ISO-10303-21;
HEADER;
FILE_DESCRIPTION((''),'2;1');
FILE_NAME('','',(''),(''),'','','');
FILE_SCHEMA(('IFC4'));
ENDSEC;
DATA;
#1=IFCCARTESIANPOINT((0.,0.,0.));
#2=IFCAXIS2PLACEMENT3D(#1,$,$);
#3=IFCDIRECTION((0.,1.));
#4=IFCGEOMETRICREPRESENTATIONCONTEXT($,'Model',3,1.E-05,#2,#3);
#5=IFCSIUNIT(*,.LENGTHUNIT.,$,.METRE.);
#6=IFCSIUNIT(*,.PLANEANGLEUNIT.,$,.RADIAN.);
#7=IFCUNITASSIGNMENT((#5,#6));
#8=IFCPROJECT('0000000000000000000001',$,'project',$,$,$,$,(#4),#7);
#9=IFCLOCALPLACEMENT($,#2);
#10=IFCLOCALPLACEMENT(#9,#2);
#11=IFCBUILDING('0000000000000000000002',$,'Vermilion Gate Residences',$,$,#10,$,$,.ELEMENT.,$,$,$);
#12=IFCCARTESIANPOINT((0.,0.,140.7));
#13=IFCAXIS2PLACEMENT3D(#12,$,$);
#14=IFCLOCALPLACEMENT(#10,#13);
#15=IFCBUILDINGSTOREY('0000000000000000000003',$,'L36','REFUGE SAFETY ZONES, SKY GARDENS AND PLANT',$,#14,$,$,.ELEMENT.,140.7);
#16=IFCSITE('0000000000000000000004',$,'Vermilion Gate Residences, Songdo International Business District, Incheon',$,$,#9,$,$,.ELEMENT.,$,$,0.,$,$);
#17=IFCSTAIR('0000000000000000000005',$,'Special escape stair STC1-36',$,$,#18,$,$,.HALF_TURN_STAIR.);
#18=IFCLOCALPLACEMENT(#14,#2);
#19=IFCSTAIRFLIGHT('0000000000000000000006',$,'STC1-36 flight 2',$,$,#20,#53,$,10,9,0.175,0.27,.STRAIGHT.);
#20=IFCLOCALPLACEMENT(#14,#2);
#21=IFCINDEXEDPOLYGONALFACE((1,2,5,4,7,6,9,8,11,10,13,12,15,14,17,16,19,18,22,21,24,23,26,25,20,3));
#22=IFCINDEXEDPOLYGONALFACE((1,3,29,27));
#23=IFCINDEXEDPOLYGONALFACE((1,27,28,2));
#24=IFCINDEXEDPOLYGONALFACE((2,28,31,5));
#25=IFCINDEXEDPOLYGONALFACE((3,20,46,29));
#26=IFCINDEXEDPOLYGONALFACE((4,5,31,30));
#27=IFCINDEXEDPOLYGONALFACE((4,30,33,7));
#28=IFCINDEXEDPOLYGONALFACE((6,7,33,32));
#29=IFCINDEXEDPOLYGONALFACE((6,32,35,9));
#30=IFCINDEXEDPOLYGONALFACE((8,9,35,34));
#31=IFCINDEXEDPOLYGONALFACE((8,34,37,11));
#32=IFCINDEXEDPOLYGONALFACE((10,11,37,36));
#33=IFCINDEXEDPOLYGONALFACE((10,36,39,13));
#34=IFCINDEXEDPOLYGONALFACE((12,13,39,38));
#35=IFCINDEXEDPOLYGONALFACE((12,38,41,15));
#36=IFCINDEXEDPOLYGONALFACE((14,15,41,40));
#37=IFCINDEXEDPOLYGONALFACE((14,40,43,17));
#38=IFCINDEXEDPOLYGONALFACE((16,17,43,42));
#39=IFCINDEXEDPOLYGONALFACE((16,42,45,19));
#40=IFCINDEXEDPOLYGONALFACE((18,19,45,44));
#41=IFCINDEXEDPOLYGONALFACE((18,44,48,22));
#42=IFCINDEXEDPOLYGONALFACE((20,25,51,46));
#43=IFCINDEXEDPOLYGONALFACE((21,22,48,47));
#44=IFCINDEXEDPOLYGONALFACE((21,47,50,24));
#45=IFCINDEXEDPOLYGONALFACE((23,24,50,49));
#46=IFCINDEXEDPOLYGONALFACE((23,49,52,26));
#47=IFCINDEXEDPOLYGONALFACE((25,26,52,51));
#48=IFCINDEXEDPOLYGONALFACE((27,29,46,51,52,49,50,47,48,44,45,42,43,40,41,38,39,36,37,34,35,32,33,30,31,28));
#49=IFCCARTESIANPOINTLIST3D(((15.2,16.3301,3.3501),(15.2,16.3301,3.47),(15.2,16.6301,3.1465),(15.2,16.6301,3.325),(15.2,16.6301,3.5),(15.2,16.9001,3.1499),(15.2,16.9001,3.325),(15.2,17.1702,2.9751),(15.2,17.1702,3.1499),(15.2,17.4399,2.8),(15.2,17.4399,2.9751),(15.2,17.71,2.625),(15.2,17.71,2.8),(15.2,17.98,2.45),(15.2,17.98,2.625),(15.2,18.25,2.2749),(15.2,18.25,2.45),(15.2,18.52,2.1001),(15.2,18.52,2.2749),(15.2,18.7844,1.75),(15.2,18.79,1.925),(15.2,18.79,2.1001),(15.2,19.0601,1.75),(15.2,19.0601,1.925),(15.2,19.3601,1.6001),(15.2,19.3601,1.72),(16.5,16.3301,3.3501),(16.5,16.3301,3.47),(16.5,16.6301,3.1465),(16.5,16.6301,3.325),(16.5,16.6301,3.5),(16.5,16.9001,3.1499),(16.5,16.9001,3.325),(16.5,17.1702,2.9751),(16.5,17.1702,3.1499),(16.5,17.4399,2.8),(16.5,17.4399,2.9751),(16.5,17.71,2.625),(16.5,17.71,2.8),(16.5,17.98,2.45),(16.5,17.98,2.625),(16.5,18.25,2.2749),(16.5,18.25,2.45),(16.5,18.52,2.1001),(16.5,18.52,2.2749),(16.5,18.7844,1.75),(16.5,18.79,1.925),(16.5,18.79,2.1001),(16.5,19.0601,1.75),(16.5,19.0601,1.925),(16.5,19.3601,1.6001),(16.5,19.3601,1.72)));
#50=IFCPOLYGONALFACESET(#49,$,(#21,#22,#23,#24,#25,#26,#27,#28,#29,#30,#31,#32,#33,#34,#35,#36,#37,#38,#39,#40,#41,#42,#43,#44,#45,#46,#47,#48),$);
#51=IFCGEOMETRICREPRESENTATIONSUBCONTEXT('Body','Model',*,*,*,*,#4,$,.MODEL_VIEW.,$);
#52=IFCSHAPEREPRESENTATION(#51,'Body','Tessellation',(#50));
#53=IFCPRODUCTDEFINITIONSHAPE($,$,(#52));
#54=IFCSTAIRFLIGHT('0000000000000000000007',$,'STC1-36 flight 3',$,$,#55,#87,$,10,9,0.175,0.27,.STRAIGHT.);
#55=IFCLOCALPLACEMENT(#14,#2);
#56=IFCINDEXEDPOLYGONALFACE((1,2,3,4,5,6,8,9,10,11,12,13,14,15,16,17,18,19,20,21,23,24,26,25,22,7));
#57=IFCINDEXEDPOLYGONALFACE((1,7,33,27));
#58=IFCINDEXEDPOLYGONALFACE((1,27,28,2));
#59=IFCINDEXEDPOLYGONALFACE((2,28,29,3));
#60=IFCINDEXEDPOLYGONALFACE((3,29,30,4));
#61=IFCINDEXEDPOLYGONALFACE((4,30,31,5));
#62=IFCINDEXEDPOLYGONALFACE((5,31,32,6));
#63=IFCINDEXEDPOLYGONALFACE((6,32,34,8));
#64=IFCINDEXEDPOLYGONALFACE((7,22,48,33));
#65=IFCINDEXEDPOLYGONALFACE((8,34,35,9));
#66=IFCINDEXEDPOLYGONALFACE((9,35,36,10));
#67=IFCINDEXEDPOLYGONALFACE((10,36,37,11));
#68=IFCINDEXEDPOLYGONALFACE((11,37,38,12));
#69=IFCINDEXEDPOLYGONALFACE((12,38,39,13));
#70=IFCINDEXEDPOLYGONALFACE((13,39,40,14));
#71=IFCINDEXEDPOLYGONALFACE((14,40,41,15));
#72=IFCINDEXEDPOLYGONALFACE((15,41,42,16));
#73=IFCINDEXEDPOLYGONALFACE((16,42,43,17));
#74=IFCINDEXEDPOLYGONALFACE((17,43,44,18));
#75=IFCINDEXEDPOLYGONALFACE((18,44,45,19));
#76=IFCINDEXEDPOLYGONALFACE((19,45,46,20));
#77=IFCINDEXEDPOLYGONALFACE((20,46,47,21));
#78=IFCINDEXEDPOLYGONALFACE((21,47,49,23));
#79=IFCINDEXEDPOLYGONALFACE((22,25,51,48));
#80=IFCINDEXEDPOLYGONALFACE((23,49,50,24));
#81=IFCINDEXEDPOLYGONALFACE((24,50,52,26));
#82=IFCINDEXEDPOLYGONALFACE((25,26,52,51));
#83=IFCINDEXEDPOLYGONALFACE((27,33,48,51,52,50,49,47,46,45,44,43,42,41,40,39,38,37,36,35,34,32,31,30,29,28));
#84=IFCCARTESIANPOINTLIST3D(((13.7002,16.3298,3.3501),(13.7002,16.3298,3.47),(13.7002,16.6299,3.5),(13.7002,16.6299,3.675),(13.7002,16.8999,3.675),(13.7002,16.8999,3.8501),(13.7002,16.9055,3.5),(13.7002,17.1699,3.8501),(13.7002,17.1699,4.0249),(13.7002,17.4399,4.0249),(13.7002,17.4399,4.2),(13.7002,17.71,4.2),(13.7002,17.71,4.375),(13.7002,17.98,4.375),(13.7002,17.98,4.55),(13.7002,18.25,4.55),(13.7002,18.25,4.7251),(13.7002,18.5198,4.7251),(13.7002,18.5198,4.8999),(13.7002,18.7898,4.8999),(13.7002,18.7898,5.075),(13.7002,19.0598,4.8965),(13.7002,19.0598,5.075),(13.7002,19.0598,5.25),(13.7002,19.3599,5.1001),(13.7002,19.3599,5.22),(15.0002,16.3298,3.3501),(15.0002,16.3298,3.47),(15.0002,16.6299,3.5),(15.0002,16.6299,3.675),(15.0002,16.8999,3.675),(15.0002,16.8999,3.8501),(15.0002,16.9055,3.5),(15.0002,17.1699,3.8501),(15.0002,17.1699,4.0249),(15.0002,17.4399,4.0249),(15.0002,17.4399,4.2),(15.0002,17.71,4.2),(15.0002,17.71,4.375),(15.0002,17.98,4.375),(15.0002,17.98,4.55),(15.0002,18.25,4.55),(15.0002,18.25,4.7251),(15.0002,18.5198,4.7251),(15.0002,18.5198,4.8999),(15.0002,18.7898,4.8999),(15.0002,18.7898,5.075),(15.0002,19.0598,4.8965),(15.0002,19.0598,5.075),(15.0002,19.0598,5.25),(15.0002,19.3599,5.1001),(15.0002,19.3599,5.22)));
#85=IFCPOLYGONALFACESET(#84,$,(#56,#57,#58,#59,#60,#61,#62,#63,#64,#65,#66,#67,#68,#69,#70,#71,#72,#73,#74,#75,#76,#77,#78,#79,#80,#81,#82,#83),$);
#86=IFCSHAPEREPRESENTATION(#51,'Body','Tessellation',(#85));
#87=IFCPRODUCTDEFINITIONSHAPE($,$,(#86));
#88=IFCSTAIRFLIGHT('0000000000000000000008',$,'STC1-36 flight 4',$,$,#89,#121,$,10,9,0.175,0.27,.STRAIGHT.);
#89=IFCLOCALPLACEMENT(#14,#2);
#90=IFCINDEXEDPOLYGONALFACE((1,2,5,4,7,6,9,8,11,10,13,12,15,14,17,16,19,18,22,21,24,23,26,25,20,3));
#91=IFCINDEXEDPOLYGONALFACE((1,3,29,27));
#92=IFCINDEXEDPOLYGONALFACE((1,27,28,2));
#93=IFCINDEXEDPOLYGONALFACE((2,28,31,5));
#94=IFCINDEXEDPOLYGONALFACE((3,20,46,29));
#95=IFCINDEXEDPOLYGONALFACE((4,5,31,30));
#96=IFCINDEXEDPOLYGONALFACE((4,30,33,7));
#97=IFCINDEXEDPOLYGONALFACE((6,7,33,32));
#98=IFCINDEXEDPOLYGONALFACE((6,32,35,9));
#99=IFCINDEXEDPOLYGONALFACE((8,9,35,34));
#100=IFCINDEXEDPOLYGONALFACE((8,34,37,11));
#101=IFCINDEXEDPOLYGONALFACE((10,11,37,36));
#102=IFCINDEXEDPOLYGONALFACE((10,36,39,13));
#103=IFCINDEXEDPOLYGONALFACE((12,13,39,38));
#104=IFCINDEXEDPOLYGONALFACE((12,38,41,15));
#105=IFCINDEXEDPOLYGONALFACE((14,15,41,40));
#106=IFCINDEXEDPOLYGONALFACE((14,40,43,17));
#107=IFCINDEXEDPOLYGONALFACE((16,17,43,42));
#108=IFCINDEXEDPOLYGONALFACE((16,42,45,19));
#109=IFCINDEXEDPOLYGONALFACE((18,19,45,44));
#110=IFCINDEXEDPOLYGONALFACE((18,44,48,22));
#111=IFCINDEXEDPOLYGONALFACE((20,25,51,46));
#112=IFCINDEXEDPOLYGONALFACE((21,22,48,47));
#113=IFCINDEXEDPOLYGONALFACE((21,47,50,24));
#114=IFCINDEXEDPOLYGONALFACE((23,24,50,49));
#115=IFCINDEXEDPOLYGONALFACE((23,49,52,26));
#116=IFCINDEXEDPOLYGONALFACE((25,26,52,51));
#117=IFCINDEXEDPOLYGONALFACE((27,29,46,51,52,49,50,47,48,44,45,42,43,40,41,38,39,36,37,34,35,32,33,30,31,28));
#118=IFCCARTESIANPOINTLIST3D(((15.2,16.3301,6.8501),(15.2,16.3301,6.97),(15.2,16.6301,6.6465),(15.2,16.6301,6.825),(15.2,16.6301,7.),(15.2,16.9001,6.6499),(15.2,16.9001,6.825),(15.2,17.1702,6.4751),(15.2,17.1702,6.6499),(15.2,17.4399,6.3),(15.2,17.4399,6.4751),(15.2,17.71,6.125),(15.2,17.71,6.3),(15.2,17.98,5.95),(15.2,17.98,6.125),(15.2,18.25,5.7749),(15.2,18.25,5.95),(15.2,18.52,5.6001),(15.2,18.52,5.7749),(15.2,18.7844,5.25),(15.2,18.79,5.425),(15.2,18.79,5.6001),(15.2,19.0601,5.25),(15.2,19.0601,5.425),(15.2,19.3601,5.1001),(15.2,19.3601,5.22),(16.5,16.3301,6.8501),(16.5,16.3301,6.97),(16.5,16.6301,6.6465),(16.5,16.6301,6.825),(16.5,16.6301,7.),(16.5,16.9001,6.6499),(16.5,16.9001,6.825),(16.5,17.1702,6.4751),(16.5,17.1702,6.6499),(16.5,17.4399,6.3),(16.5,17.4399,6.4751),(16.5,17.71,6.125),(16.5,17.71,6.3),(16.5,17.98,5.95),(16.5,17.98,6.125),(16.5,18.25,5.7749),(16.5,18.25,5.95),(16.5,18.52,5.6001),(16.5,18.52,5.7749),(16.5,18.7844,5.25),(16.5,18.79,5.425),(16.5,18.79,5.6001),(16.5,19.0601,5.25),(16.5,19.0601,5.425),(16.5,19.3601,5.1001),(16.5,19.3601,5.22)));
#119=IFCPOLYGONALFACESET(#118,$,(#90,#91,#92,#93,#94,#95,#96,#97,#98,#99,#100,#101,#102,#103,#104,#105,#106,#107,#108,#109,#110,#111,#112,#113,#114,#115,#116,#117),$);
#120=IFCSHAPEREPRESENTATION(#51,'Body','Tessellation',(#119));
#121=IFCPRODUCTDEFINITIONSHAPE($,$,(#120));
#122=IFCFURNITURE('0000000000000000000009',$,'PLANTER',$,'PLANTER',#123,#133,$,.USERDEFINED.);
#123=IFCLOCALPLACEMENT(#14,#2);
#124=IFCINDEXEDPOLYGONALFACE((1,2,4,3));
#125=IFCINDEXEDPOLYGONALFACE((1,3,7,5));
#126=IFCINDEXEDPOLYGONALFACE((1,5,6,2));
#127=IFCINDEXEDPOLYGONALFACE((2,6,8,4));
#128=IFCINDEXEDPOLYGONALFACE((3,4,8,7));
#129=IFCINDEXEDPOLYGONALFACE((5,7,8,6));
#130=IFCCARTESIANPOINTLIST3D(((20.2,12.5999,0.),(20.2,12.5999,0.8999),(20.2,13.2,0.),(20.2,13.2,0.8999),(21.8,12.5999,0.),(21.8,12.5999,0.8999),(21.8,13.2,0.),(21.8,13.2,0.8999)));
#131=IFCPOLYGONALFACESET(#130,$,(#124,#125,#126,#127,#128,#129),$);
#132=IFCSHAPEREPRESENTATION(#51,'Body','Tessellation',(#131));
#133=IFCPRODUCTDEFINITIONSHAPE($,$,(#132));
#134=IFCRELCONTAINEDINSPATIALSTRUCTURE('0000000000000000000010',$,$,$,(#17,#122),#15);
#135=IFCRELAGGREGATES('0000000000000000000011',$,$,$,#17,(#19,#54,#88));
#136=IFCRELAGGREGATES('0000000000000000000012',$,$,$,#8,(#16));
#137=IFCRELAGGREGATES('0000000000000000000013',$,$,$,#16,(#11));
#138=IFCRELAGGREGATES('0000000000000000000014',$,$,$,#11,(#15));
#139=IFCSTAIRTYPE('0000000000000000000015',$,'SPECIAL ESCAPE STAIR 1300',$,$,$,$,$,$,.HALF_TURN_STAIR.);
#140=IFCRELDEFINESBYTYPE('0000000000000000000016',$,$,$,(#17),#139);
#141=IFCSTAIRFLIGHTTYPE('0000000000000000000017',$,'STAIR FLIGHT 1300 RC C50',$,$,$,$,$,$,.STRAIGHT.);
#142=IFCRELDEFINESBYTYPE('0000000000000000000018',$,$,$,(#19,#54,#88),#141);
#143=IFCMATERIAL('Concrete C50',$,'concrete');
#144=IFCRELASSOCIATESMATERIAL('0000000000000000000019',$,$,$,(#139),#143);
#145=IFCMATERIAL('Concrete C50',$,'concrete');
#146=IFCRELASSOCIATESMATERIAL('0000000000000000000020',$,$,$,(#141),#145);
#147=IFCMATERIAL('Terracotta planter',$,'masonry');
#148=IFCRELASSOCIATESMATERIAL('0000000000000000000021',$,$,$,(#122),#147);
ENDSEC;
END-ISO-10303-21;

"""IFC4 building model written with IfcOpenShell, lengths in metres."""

from ifc_helpers import new_model, si_unit, direction, frame, origin, origin_2d, place, context, subcontext, project, spatial, polyline, rectangle, outline, extrude, material, type_object, element, aggregate, save


model = new_model("IFC4")

# Units and contexts
model_context = context("Model", 3, precision=1e-05, world=origin(), true_north=direction((0.0, 1.0)))
body_context = subcontext(model_context, "Body", "Model", "MODEL_VIEW")
ifc_project = project(units=[si_unit("LENGTHUNIT", "METRE"), si_unit("PLANEANGLEUNIT", "RADIAN")], contexts=[model_context])

# Site, building, storey
site_placement = place(None, origin())
site = spatial("IfcSite", under=ifc_project, at=site_placement, Name="Vermilion Gate Residences, Songdo International Business District, Incheon", CompositionType="ELEMENT", RefElevation=0.0)
building_placement = place(site_placement, origin())
building = spatial("IfcBuilding", under=site, at=building_placement, Name="Vermilion Gate Residences", CompositionType="ELEMENT")
storey_placement = place(building_placement, frame((0.0, 0.0, 140.7)))
storey = spatial("IfcBuildingStorey", under=building, at=storey_placement, Name="L36", Description="REFUGE SAFETY ZONES, SKY GARDENS AND PLANT", CompositionType="ELEMENT", Elevation=140.7)

# Stair, stair flights
ifc_material_1 = material(Name="Concrete C50", Category="concrete")
stair_type = type_object("IfcStairType", Name="SPECIAL ESCAPE STAIR 1300", PredefinedType="HALF_TURN_STAIR", material=ifc_material_1)
stair_placement = place(storey_placement, origin())
stair = element("IfcStair", 1, at=stair_placement, inside=storey, type_object=stair_type, Name="Special escape stair STC1-36", PredefinedType="HALF_TURN_STAIR")
ifc_material_2 = material(Name="Concrete C50", Category="concrete")
stair_flight_type = type_object("IfcStairFlightType", Name="STAIR FLIGHT 1300 RC C50", PredefinedType="STRAIGHT", material=ifc_material_2)
stair_flight_1_placement = place(storey_placement, frame((15.8501, 19.0601, 1.75), z_axis=(0.0, 0.0, 1.0), x_axis=(0.0, -1.0, 0.0)))
stair_flight_1 = element("IfcStairFlight", 2, at=stair_flight_1_placement, type_object=stair_flight_type, Name="STC1-36 flight 2", NumberOfRisers=10, NumberOfTreads=9, PredefinedType="STRAIGHT", RiserHeight=0.175, TreadLength=0.27, context=body_context, shape_type="SweptSolid", body=[
    extrude(outline(polyline([(-0.3, -0.1499), (-0.3, -0.03), (0.0, 0.0), (0.0, 0.175), (0.27, 0.175), (0.27, 0.3501), (0.54, 0.3501), (0.54, 0.5249), (0.8101, 0.5249), (0.8101, 0.7), (1.0801, 0.7), (1.0801, 0.875), (1.3501, 0.875), (1.3501, 1.05), (1.6201, 1.05), (1.6201, 1.2251), (1.8899, 1.2251), (1.8899, 1.3999), (2.1599, 1.3999), (2.1599, 1.575), (2.4299, 1.575), (2.4299, 1.75), (2.73, 1.72), (2.73, 1.6001), (2.4299, 1.3965), (0.2756, 0.0), (-0.3, -0.1499)])), frame((0.0, 0.6499, 0.0), z_axis=(0.0, -1.0, 0.0), x_axis=(1.0, 0.0, 0.0)), (0.0, 0.0, 1.0), 1.3),
])
stair_flight_2_placement = place(storey_placement, frame((14.3501, 16.6299, 3.5), z_axis=(0.0, 0.0, 1.0), x_axis=(0.0, 1.0, 0.0)))
stair_flight_2 = element("IfcStairFlight", 3, at=stair_flight_2_placement, type_object=stair_flight_type, Name="STC1-36 flight 3", NumberOfRisers=10, NumberOfTreads=9, PredefinedType="STRAIGHT", RiserHeight=0.175, TreadLength=0.27, context=body_context, shape_type="SweptSolid", body=[
    extrude(outline(polyline([(-0.3, -0.1499), (-0.3, -0.03), (0.0, 0.0), (0.0, 0.175), (0.27, 0.175), (0.27, 0.3501), (0.54, 0.3501), (0.54, 0.5249), (0.8101, 0.5249), (0.8101, 0.7), (1.0801, 0.7), (1.0801, 0.875), (1.3501, 0.875), (1.3501, 1.05), (1.6201, 1.05), (1.6201, 1.2251), (1.8899, 1.2251), (1.8899, 1.3999), (2.1599, 1.3999), (2.1599, 1.575), (2.4299, 1.575), (2.4299, 1.75), (2.73, 1.72), (2.73, 1.6001), (2.4299, 1.3965), (0.2756, 0.0), (-0.3, -0.1499)])), frame((0.0, 0.6499, 0.0), z_axis=(0.0, -1.0, 0.0), x_axis=(1.0, 0.0, 0.0)), (0.0, 0.0, 1.0), 1.3),
])
stair_flight_3_placement = place(storey_placement, frame((15.8501, 19.0601, 5.25), z_axis=(0.0, 0.0, 1.0), x_axis=(0.0, -1.0, 0.0)))
stair_flight_3 = element("IfcStairFlight", 4, at=stair_flight_3_placement, type_object=stair_flight_type, Name="STC1-36 flight 4", NumberOfRisers=10, NumberOfTreads=9, PredefinedType="STRAIGHT", RiserHeight=0.175, TreadLength=0.27, context=body_context, shape_type="SweptSolid", body=[
    extrude(outline(polyline([(-0.3, -0.1499), (-0.3, -0.03), (0.0, 0.0), (0.0, 0.175), (0.27, 0.175), (0.27, 0.3501), (0.54, 0.3501), (0.54, 0.5249), (0.8101, 0.5249), (0.8101, 0.7), (1.0801, 0.7), (1.0801, 0.875), (1.3501, 0.875), (1.3501, 1.05), (1.6201, 1.05), (1.6201, 1.2251), (1.8899, 1.2251), (1.8899, 1.3999), (2.1599, 1.3999), (2.1599, 1.575), (2.4299, 1.575), (2.4299, 1.75), (2.73, 1.72), (2.73, 1.6001), (2.4299, 1.3965), (0.2756, 0.0), (-0.3, -0.1499)])), frame((0.0, 0.6499, 0.0), z_axis=(0.0, -1.0, 0.0), x_axis=(1.0, 0.0, 0.0)), (0.0, 0.0, 1.0), 1.3),
])
aggregate(stair, [stair_flight_1, stair_flight_2, stair_flight_3])

# Furniture
ifc_material_3 = material(Name="Terracotta planter", Category="masonry")
furniture_placement = place(storey_placement, frame((21.0, 12.8999, 0.0), z_axis=(0.0, 0.0, 1.0), x_axis=(1.0, 0.0, 0.0)))
element("IfcFurniture", 5, at=furniture_placement, inside=storey, material=ifc_material_3, Name="PLANTER", ObjectType="PLANTER", PredefinedType="USERDEFINED", context=body_context, shape_type="SweptSolid", body=[
    extrude(rectangle(XDim=1.6001, YDim=0.6001, at=origin_2d()), origin(), (0.0, 0.0, 1.0), 0.8999),
])

save(model, "model.ifc")
